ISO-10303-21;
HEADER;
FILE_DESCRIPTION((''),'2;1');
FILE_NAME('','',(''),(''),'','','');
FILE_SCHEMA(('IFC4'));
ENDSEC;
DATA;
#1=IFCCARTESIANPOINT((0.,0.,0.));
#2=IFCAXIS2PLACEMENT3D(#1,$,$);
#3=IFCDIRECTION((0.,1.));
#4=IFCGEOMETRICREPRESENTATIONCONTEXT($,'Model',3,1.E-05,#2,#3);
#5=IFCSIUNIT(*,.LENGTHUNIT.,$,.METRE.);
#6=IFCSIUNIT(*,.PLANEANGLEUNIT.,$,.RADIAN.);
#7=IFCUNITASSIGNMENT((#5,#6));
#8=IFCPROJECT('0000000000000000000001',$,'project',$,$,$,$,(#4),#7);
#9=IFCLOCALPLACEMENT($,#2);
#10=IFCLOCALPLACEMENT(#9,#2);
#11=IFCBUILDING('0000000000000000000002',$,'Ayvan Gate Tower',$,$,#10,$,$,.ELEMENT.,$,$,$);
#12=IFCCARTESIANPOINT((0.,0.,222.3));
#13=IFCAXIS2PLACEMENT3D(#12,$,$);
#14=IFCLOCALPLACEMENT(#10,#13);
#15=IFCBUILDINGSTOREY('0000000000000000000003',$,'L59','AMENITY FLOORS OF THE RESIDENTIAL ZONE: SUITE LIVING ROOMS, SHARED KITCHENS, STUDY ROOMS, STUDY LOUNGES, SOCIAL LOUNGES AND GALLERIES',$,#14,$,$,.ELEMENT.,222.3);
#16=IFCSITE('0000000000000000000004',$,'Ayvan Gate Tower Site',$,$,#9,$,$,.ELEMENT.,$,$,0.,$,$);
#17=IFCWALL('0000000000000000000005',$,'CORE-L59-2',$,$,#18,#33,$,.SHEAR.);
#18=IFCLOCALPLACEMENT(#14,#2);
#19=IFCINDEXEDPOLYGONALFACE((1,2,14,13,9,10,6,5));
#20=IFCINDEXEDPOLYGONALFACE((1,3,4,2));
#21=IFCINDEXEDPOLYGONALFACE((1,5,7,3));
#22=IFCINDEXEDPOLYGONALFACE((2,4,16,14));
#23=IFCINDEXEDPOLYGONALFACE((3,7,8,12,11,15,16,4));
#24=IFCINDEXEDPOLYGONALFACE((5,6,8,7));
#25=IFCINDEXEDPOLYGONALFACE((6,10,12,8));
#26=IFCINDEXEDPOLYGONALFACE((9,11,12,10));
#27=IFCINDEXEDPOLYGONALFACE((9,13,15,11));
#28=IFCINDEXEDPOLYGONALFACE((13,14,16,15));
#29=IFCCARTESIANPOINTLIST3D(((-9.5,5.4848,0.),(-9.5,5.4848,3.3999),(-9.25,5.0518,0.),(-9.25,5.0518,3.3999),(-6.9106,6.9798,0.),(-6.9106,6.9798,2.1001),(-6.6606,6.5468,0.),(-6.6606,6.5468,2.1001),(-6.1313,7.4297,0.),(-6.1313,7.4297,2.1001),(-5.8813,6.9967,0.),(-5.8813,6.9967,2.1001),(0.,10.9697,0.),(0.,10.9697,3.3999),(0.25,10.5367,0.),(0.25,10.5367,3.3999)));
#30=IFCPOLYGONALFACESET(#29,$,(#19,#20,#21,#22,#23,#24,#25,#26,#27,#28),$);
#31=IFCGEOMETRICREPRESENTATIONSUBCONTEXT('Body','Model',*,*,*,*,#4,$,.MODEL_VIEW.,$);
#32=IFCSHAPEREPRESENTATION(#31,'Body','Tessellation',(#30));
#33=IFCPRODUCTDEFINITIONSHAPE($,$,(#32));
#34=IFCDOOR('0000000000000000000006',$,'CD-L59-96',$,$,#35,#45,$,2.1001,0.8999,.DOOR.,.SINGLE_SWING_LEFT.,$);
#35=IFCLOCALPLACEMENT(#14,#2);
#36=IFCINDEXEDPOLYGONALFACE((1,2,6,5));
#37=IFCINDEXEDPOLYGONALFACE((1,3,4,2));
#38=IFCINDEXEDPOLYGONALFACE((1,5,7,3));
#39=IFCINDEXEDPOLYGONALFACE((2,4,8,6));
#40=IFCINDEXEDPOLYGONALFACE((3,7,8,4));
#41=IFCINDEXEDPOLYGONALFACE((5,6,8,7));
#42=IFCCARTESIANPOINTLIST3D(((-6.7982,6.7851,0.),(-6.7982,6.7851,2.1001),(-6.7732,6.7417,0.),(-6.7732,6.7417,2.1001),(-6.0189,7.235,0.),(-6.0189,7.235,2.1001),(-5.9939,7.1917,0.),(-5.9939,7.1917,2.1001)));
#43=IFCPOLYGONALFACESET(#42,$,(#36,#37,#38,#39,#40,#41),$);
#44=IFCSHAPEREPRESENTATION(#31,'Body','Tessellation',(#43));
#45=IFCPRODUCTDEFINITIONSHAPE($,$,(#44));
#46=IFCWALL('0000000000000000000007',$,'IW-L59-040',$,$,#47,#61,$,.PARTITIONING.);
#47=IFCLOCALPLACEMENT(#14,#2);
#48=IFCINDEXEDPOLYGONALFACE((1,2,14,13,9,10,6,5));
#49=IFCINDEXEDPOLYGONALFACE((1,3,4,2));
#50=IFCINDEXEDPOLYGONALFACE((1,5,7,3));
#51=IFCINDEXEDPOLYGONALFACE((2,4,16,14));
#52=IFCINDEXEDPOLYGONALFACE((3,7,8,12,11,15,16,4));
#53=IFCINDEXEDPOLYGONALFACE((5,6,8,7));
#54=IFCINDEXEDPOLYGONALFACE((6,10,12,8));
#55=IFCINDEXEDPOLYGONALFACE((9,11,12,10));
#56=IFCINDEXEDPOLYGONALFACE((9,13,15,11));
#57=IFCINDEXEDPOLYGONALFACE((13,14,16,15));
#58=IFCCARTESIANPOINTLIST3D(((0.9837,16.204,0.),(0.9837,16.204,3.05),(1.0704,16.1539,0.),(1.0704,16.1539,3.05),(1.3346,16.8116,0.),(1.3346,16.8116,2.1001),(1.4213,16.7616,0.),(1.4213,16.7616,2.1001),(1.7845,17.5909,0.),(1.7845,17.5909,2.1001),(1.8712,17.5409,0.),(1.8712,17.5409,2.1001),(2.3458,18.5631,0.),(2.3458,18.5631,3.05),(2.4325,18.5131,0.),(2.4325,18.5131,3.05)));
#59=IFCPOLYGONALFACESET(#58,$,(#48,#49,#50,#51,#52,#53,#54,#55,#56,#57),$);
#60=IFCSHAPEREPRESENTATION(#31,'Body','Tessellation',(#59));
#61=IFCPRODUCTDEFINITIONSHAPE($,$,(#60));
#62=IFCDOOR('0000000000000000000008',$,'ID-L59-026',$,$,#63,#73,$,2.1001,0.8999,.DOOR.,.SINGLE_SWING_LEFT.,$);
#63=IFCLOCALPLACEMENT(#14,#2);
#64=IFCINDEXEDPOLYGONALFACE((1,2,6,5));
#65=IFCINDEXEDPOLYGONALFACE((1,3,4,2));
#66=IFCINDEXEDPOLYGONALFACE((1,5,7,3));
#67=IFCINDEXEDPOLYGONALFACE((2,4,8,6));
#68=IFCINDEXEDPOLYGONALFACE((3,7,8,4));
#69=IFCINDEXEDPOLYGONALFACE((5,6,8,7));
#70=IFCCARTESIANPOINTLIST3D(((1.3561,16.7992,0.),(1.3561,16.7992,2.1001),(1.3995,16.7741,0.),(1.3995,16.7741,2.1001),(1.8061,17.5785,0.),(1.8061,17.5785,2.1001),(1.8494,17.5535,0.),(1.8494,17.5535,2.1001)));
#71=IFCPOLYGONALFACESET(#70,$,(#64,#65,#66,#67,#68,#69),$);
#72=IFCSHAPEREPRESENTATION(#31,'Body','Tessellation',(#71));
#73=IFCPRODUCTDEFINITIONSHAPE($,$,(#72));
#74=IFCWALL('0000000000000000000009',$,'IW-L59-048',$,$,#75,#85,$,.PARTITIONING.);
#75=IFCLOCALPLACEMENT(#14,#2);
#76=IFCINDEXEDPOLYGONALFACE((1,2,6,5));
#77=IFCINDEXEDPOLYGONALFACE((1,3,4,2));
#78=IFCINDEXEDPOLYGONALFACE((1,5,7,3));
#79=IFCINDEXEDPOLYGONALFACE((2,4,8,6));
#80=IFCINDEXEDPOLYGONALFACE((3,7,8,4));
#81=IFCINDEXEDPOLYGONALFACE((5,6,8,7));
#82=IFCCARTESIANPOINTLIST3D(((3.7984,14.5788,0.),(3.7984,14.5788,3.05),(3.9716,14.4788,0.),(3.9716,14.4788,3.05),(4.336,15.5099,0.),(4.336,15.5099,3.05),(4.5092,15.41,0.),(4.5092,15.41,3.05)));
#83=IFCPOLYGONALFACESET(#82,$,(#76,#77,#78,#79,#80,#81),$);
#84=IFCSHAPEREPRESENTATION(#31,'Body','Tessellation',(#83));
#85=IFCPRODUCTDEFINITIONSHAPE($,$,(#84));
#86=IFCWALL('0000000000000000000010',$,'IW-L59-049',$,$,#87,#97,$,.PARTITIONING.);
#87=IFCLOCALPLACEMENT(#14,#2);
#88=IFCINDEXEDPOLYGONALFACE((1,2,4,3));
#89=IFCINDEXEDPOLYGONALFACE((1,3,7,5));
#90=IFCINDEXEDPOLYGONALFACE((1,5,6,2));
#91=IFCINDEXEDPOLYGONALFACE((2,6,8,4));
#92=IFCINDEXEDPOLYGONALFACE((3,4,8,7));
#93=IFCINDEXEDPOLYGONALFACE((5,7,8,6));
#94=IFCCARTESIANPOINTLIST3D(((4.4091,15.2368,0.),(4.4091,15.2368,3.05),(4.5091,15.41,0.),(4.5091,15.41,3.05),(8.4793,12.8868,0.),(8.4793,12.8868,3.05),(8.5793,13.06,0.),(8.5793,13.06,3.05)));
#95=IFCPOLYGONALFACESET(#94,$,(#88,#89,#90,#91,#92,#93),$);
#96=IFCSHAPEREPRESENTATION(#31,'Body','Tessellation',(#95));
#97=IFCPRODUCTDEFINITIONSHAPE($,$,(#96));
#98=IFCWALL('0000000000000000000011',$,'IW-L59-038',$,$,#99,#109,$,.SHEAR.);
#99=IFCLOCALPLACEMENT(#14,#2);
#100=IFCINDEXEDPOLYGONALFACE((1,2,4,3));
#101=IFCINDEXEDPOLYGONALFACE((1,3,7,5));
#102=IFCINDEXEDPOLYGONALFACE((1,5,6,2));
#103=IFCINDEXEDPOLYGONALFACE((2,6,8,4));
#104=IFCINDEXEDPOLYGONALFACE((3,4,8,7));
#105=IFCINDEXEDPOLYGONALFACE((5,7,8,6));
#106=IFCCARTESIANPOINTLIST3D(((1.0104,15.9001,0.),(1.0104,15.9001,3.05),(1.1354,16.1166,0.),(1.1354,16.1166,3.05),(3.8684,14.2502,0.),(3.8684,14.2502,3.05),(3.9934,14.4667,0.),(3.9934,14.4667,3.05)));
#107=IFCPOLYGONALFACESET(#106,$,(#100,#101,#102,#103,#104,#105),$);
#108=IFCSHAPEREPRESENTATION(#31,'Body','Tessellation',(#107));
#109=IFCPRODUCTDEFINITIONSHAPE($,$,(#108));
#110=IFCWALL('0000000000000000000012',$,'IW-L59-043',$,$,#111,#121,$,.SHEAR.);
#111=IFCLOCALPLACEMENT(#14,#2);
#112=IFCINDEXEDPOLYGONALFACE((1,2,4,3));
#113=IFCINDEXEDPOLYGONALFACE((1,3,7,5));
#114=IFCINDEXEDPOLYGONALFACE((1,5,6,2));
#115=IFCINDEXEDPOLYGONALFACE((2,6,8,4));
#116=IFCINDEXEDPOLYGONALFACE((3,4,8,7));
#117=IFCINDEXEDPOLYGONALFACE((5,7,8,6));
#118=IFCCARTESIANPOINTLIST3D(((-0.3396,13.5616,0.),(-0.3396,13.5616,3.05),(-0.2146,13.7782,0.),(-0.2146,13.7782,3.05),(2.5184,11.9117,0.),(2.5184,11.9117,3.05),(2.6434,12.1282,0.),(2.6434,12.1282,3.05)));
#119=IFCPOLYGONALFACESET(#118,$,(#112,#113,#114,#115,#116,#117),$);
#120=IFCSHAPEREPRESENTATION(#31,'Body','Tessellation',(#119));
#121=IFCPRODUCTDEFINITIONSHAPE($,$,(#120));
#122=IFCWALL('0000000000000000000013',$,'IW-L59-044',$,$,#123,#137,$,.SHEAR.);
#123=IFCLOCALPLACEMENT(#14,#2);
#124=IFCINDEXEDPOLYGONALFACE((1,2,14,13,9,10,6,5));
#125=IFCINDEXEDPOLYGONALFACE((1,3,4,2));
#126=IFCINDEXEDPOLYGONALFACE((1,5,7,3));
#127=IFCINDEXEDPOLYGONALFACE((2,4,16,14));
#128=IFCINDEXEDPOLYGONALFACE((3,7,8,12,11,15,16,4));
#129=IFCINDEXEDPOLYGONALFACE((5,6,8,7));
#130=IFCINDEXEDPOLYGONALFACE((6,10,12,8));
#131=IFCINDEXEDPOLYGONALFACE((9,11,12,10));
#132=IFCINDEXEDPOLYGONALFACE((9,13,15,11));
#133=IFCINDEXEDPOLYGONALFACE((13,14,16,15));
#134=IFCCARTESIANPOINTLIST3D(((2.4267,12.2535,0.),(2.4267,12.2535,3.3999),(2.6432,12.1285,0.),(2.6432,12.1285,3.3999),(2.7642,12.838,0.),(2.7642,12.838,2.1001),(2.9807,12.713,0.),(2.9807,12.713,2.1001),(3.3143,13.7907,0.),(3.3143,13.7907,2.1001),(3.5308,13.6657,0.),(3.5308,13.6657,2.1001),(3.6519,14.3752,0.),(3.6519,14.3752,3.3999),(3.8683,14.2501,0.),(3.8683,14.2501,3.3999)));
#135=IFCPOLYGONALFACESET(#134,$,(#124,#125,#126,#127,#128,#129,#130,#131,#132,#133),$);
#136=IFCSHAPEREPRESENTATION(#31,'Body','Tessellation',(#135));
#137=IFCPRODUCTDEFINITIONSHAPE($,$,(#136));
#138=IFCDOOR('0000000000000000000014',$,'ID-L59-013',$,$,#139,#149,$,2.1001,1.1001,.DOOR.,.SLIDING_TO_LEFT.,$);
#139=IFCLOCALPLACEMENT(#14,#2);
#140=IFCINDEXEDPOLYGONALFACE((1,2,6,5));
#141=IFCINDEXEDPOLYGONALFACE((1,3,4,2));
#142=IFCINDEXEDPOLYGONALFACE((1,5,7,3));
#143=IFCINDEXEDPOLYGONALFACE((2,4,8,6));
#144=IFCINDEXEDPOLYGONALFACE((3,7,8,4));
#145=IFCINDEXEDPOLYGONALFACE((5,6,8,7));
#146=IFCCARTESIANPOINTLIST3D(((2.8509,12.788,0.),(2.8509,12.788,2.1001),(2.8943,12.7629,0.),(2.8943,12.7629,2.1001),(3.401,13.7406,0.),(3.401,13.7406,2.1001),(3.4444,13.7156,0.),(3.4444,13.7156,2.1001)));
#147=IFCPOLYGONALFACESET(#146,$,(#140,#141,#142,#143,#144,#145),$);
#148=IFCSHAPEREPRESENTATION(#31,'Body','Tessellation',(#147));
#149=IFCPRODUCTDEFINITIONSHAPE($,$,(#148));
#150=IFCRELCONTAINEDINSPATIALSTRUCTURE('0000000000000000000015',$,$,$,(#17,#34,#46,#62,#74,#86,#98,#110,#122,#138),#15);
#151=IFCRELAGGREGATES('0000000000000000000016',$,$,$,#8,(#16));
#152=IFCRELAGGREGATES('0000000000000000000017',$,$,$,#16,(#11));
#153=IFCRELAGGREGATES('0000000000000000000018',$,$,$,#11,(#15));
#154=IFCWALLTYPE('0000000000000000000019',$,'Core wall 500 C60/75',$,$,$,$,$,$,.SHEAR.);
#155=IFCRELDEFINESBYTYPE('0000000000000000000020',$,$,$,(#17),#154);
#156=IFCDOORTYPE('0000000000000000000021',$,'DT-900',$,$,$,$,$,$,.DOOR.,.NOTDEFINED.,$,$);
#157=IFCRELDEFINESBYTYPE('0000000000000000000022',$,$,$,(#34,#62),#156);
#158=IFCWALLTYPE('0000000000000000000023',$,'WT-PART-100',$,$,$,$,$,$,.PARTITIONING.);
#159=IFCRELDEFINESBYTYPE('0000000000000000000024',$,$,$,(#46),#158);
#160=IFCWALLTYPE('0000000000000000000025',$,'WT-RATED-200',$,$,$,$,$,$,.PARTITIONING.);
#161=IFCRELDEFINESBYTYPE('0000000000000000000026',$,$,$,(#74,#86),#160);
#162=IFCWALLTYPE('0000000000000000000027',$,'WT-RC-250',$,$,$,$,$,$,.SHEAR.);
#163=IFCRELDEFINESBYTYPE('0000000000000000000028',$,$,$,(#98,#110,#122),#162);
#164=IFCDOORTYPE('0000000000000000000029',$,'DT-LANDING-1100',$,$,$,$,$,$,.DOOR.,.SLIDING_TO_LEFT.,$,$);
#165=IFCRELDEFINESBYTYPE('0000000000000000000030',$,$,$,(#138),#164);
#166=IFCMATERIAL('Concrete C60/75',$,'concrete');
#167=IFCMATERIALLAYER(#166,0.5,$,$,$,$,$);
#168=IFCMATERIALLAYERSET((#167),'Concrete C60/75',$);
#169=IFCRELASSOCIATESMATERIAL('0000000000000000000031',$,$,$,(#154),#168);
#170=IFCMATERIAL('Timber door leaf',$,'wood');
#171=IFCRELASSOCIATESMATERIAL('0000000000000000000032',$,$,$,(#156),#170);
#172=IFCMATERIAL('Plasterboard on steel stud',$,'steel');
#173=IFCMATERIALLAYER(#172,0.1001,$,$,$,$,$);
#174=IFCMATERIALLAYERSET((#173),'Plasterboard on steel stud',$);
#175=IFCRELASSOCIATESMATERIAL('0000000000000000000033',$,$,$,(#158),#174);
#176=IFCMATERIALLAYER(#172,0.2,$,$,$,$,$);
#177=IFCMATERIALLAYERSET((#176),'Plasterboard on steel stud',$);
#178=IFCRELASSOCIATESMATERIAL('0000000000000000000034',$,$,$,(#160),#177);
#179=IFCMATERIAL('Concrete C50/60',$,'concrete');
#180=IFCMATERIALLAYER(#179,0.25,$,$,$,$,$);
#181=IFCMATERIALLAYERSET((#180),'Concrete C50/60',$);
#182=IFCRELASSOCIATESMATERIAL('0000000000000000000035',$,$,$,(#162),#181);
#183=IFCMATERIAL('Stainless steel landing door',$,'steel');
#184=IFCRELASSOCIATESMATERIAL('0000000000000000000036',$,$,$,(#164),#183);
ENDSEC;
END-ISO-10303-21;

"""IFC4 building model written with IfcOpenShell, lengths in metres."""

from ifc_helpers import new_model, si_unit, direction, frame, frame_2d, origin, place, context, subcontext, project, spatial, rectangle, extrude, material, layer, layer_set, type_object, element, fill, save


model = new_model("IFC4")

# Units and contexts
model_context = context("Model", 3, precision=1e-05, world=origin(), true_north=direction((0.0, 1.0)))
body_context = subcontext(model_context, "Body", "Model", "MODEL_VIEW")
ifc_project = project(units=[si_unit("LENGTHUNIT", "METRE"), si_unit("PLANEANGLEUNIT", "RADIAN")], contexts=[model_context])

# Site, building, storey
site_placement = place(None, origin())
site = spatial("IfcSite", under=ifc_project, at=site_placement, Name="Ayvan Gate Tower Site", CompositionType="ELEMENT", RefElevation=0.0)
building_placement = place(site_placement, origin())
building = spatial("IfcBuilding", under=site, at=building_placement, Name="Ayvan Gate Tower", CompositionType="ELEMENT")
storey_placement = place(building_placement, frame((0.0, 0.0, 222.3)))
storey = spatial("IfcBuildingStorey", under=building, at=storey_placement, Name="L59", Description="AMENITY FLOORS OF THE RESIDENTIAL ZONE: SUITE LIVING ROOMS, SHARED KITCHENS, STUDY ROOMS, STUDY LOUNGES, SOCIAL LOUNGES AND GALLERIES", CompositionType="ELEMENT", Elevation=222.3)

# Shared definitions
ifc_material_1 = material(Name="Concrete C50/60", Category="concrete")

# Walls, openings, doors
ifc_material_2 = material(Name="Concrete C60/75", Category="concrete")
ifc_layer_1 = layer(ifc_material_2, 0.5)
ifc_layer_set_1 = layer_set([ifc_layer_1], Name="Concrete C60/75")
wall_type_1 = type_object("IfcWallType", Name="Core wall 500 C60/75", PredefinedType="SHEAR", material=ifc_layer_set_1)
wall_1_placement = place(storey_placement, frame((0.125, 10.7532, 0.0), z_axis=(0.0, 0.0, 1.0), x_axis=(-0.866024, -0.500002, 0.0)))
wall_1 = element("IfcWall", 1, at=wall_1_placement, inside=storey, type_object=wall_type_1, Name="CORE-L59-2", PredefinedType="SHEAR", context=body_context, shape_type="SweptSolid", body=[
    extrude(rectangle(XDim=10.9697, YDim=0.5, at=frame_2d((5.4849, 0.0))), origin(), (0.0, 0.0, 1.0), 3.3999),
])
opening_1_placement = place(wall_1_placement, frame((7.0798, 0.0, 0.0)))
opening_1 = element("IfcOpeningElement", 2, at=opening_1_placement, cuts=wall_1, PredefinedType="OPENING", context=body_context, shape_type="SweptSolid", body=[
    extrude(rectangle(XDim=0.8999, YDim=2.1001, at=frame_2d((0.45, 1.05))), frame((0.0, 0.26, 0.0), z_axis=(0.0, -1.0, 0.0), x_axis=(1.0, 0.0, 0.0)), (0.0, 0.0, 1.0), 0.52),
])
ifc_material_3 = material(Name="Timber door leaf", Category="wood")
door_type_1 = type_object("IfcDoorType", Name="DT-900", OperationType="NOTDEFINED", PredefinedType="DOOR", material=ifc_material_3)
door_1_placement = place(opening_1_placement, origin())
door_1 = element("IfcDoor", 3, at=door_1_placement, inside=storey, type_object=door_type_1, Name="CD-L59-96", OperationType="SINGLE_SWING_LEFT", OverallHeight=2.1001, OverallWidth=0.8999, PredefinedType="DOOR", context=body_context, shape_type="SweptSolid", body=[
    extrude(rectangle(XDim=0.8999, YDim=2.1001, at=frame_2d((0.45, 1.05))), frame((0.0, 0.0249, 0.0), z_axis=(0.0, -1.0, 0.0), x_axis=(1.0, 0.0, 0.0)), (0.0, 0.0, 1.0), 0.05),
])
fill(opening_1, door_1)
ifc_material_4 = material(Name="Plasterboard on steel stud", Category="steel")
ifc_layer_2 = layer(ifc_material_4, 0.1001)
ifc_layer_set_2 = layer_set([ifc_layer_2], Name="Plasterboard on steel stud")
wall_type_2 = type_object("IfcWallType", Name="WT-PART-100", PredefinedType="PARTITIONING", material=ifc_layer_set_2)
wall_2_placement = place(storey_placement, frame((2.3892, 18.5381, 0.0), z_axis=(0.0, 0.0, 1.0), x_axis=(-0.500004, -0.866023, 0.0)))
wall_2 = element("IfcWall", 4, at=wall_2_placement, inside=storey, type_object=wall_type_2, Name="IW-L59-040", PredefinedType="PARTITIONING", context=body_context, shape_type="SweptSolid", body=[
    extrude(rectangle(XDim=2.7241, YDim=0.1001, at=frame_2d((1.3621, 0.0))), origin(), (0.0, 0.0, 1.0), 3.05),
])
opening_2_placement = place(wall_2_placement, frame((1.1226, 0.0, 0.0)))
opening_2 = element("IfcOpeningElement", 5, at=opening_2_placement, cuts=wall_2, PredefinedType="OPENING", context=body_context, shape_type="SweptSolid", body=[
    extrude(rectangle(XDim=0.8999, YDim=2.1001, at=frame_2d((0.45, 1.05))), frame((0.0, 0.0601, 0.0), z_axis=(0.0, -1.0, 0.0), x_axis=(1.0, 0.0, 0.0)), (0.0, 0.0, 1.0), 0.1201),
])
door_2_placement = place(opening_2_placement, origin())
door_2 = element("IfcDoor", 6, at=door_2_placement, inside=storey, type_object=door_type_1, Name="ID-L59-026", OperationType="SINGLE_SWING_LEFT", OverallHeight=2.1001, OverallWidth=0.8999, PredefinedType="DOOR", context=body_context, shape_type="SweptSolid", body=[
    extrude(rectangle(XDim=0.8999, YDim=2.1001, at=frame_2d((0.45, 1.05))), frame((0.0, 0.0249, 0.0), z_axis=(0.0, -1.0, 0.0), x_axis=(1.0, 0.0, 0.0)), (0.0, 0.0, 1.0), 0.05),
])
fill(opening_2, door_2)

# Walls
ifc_layer_3 = layer(ifc_material_4, 0.2)
ifc_layer_set_3 = layer_set([ifc_layer_3], Name="Plasterboard on steel stud")
wall_type_3 = type_object("IfcWallType", Name="WT-RATED-200", PredefinedType="PARTITIONING", material=ifc_layer_set_3)
wall_3_placement = place(storey_placement, frame((3.885, 14.5288, 0.0), z_axis=(0.0, 0.0, 1.0), x_axis=(0.499998, 0.866027, 0.0)))
element("IfcWall", 7, at=wall_3_placement, inside=storey, type_object=wall_type_3, Name="IW-L59-048", PredefinedType="PARTITIONING", context=body_context, shape_type="SweptSolid", body=[
    extrude(rectangle(XDim=1.0752, YDim=0.2, at=frame_2d((0.5376, 0.0))), origin(), (0.0, 0.0, 1.0), 3.05),
])
wall_4_placement = place(storey_placement, frame((4.459, 15.3235, 0.0), z_axis=(0.0, 0.0, 1.0), x_axis=(0.866016, -0.500016, 0.0)))
element("IfcWall", 8, at=wall_4_placement, inside=storey, type_object=wall_type_3, Name="IW-L59-049", PredefinedType="PARTITIONING", context=body_context, shape_type="SweptSolid", body=[
    extrude(rectangle(XDim=4.7, YDim=0.2, at=frame_2d((2.3501, 0.0))), origin(), (0.0, 0.0, 1.0), 3.05),
])
ifc_layer_4 = layer(ifc_material_1, 0.25)
ifc_layer_set_4 = layer_set([ifc_layer_4], Name="Concrete C50/60")
wall_type_4 = type_object("IfcWallType", Name="WT-RC-250", PredefinedType="SHEAR", material=ifc_layer_set_4)
for number, where, z_axis, x_axis, name in (
    (9, (1.073, 16.0083, 0.0), (0.0, 0.0, 1.0), (0.86604, -0.499974, 0.0), "IW-L59-038"),
    (10, (2.5808, 12.02, 0.0), (0.0, 0.0, 1.0), (-0.86604, 0.499974, 0.0), "IW-L59-043"),
):
    element("IfcWall", number, at=place(storey_placement, frame(where, z_axis=z_axis, x_axis=x_axis)), inside=storey, type_object=wall_type_4, Name=name, PredefinedType="SHEAR", context=body_context, shape_type="SweptSolid", body=[
        extrude(rectangle(XDim=3.3, YDim=0.25, at=frame_2d((1.6499, 0.0))), origin(), (0.0, 0.0, 1.0), 3.05),
    ])

# Wall, opening, door
wall_5_placement = place(storey_placement, frame((2.5349, 12.1909, 0.0), z_axis=(0.0, 0.0, 1.0), x_axis=(0.500062, 0.86599, 0.0)))
wall_5 = element("IfcWall", 11, at=wall_5_placement, inside=storey, type_object=wall_type_4, Name="IW-L59-044", PredefinedType="SHEAR", context=body_context, shape_type="SweptSolid", body=[
    extrude(rectangle(XDim=2.45, YDim=0.25, at=frame_2d((1.2251, 0.0))), origin(), (0.0, 0.0, 1.0), 3.3999),
])
opening_3_placement = place(wall_5_placement, frame((0.675, 0.0, 0.0)))
opening_3 = element("IfcOpeningElement", 12, at=opening_3_placement, cuts=wall_5, PredefinedType="OPENING", context=body_context, shape_type="SweptSolid", body=[
    extrude(rectangle(XDim=1.1001, YDim=2.1001, at=frame_2d((0.55, 1.05))), frame((0.0, 0.135, 0.0), z_axis=(0.0, -1.0, 0.0), x_axis=(1.0, 0.0, 0.0)), (0.0, 0.0, 1.0), 0.27),
])
ifc_material_5 = material(Name="Stainless steel landing door", Category="steel")
door_type_2 = type_object("IfcDoorType", Name="DT-LANDING-1100", OperationType="SLIDING_TO_LEFT", PredefinedType="DOOR", material=ifc_material_5)
door_3_placement = place(opening_3_placement, origin())
door_3 = element("IfcDoor", 13, at=door_3_placement, inside=storey, type_object=door_type_2, Name="ID-L59-013", OperationType="SLIDING_TO_LEFT", OverallHeight=2.1001, OverallWidth=1.1001, PredefinedType="DOOR", context=body_context, shape_type="SweptSolid", body=[
    extrude(rectangle(XDim=1.1001, YDim=2.1001, at=frame_2d((0.55, 1.05))), frame((0.0, 0.0249, 0.0), z_axis=(0.0, -1.0, 0.0), x_axis=(1.0, 0.0, 0.0)), (0.0, 0.0, 1.0), 0.05),
])
fill(opening_3, door_3)

save(model, "model.ifc")
